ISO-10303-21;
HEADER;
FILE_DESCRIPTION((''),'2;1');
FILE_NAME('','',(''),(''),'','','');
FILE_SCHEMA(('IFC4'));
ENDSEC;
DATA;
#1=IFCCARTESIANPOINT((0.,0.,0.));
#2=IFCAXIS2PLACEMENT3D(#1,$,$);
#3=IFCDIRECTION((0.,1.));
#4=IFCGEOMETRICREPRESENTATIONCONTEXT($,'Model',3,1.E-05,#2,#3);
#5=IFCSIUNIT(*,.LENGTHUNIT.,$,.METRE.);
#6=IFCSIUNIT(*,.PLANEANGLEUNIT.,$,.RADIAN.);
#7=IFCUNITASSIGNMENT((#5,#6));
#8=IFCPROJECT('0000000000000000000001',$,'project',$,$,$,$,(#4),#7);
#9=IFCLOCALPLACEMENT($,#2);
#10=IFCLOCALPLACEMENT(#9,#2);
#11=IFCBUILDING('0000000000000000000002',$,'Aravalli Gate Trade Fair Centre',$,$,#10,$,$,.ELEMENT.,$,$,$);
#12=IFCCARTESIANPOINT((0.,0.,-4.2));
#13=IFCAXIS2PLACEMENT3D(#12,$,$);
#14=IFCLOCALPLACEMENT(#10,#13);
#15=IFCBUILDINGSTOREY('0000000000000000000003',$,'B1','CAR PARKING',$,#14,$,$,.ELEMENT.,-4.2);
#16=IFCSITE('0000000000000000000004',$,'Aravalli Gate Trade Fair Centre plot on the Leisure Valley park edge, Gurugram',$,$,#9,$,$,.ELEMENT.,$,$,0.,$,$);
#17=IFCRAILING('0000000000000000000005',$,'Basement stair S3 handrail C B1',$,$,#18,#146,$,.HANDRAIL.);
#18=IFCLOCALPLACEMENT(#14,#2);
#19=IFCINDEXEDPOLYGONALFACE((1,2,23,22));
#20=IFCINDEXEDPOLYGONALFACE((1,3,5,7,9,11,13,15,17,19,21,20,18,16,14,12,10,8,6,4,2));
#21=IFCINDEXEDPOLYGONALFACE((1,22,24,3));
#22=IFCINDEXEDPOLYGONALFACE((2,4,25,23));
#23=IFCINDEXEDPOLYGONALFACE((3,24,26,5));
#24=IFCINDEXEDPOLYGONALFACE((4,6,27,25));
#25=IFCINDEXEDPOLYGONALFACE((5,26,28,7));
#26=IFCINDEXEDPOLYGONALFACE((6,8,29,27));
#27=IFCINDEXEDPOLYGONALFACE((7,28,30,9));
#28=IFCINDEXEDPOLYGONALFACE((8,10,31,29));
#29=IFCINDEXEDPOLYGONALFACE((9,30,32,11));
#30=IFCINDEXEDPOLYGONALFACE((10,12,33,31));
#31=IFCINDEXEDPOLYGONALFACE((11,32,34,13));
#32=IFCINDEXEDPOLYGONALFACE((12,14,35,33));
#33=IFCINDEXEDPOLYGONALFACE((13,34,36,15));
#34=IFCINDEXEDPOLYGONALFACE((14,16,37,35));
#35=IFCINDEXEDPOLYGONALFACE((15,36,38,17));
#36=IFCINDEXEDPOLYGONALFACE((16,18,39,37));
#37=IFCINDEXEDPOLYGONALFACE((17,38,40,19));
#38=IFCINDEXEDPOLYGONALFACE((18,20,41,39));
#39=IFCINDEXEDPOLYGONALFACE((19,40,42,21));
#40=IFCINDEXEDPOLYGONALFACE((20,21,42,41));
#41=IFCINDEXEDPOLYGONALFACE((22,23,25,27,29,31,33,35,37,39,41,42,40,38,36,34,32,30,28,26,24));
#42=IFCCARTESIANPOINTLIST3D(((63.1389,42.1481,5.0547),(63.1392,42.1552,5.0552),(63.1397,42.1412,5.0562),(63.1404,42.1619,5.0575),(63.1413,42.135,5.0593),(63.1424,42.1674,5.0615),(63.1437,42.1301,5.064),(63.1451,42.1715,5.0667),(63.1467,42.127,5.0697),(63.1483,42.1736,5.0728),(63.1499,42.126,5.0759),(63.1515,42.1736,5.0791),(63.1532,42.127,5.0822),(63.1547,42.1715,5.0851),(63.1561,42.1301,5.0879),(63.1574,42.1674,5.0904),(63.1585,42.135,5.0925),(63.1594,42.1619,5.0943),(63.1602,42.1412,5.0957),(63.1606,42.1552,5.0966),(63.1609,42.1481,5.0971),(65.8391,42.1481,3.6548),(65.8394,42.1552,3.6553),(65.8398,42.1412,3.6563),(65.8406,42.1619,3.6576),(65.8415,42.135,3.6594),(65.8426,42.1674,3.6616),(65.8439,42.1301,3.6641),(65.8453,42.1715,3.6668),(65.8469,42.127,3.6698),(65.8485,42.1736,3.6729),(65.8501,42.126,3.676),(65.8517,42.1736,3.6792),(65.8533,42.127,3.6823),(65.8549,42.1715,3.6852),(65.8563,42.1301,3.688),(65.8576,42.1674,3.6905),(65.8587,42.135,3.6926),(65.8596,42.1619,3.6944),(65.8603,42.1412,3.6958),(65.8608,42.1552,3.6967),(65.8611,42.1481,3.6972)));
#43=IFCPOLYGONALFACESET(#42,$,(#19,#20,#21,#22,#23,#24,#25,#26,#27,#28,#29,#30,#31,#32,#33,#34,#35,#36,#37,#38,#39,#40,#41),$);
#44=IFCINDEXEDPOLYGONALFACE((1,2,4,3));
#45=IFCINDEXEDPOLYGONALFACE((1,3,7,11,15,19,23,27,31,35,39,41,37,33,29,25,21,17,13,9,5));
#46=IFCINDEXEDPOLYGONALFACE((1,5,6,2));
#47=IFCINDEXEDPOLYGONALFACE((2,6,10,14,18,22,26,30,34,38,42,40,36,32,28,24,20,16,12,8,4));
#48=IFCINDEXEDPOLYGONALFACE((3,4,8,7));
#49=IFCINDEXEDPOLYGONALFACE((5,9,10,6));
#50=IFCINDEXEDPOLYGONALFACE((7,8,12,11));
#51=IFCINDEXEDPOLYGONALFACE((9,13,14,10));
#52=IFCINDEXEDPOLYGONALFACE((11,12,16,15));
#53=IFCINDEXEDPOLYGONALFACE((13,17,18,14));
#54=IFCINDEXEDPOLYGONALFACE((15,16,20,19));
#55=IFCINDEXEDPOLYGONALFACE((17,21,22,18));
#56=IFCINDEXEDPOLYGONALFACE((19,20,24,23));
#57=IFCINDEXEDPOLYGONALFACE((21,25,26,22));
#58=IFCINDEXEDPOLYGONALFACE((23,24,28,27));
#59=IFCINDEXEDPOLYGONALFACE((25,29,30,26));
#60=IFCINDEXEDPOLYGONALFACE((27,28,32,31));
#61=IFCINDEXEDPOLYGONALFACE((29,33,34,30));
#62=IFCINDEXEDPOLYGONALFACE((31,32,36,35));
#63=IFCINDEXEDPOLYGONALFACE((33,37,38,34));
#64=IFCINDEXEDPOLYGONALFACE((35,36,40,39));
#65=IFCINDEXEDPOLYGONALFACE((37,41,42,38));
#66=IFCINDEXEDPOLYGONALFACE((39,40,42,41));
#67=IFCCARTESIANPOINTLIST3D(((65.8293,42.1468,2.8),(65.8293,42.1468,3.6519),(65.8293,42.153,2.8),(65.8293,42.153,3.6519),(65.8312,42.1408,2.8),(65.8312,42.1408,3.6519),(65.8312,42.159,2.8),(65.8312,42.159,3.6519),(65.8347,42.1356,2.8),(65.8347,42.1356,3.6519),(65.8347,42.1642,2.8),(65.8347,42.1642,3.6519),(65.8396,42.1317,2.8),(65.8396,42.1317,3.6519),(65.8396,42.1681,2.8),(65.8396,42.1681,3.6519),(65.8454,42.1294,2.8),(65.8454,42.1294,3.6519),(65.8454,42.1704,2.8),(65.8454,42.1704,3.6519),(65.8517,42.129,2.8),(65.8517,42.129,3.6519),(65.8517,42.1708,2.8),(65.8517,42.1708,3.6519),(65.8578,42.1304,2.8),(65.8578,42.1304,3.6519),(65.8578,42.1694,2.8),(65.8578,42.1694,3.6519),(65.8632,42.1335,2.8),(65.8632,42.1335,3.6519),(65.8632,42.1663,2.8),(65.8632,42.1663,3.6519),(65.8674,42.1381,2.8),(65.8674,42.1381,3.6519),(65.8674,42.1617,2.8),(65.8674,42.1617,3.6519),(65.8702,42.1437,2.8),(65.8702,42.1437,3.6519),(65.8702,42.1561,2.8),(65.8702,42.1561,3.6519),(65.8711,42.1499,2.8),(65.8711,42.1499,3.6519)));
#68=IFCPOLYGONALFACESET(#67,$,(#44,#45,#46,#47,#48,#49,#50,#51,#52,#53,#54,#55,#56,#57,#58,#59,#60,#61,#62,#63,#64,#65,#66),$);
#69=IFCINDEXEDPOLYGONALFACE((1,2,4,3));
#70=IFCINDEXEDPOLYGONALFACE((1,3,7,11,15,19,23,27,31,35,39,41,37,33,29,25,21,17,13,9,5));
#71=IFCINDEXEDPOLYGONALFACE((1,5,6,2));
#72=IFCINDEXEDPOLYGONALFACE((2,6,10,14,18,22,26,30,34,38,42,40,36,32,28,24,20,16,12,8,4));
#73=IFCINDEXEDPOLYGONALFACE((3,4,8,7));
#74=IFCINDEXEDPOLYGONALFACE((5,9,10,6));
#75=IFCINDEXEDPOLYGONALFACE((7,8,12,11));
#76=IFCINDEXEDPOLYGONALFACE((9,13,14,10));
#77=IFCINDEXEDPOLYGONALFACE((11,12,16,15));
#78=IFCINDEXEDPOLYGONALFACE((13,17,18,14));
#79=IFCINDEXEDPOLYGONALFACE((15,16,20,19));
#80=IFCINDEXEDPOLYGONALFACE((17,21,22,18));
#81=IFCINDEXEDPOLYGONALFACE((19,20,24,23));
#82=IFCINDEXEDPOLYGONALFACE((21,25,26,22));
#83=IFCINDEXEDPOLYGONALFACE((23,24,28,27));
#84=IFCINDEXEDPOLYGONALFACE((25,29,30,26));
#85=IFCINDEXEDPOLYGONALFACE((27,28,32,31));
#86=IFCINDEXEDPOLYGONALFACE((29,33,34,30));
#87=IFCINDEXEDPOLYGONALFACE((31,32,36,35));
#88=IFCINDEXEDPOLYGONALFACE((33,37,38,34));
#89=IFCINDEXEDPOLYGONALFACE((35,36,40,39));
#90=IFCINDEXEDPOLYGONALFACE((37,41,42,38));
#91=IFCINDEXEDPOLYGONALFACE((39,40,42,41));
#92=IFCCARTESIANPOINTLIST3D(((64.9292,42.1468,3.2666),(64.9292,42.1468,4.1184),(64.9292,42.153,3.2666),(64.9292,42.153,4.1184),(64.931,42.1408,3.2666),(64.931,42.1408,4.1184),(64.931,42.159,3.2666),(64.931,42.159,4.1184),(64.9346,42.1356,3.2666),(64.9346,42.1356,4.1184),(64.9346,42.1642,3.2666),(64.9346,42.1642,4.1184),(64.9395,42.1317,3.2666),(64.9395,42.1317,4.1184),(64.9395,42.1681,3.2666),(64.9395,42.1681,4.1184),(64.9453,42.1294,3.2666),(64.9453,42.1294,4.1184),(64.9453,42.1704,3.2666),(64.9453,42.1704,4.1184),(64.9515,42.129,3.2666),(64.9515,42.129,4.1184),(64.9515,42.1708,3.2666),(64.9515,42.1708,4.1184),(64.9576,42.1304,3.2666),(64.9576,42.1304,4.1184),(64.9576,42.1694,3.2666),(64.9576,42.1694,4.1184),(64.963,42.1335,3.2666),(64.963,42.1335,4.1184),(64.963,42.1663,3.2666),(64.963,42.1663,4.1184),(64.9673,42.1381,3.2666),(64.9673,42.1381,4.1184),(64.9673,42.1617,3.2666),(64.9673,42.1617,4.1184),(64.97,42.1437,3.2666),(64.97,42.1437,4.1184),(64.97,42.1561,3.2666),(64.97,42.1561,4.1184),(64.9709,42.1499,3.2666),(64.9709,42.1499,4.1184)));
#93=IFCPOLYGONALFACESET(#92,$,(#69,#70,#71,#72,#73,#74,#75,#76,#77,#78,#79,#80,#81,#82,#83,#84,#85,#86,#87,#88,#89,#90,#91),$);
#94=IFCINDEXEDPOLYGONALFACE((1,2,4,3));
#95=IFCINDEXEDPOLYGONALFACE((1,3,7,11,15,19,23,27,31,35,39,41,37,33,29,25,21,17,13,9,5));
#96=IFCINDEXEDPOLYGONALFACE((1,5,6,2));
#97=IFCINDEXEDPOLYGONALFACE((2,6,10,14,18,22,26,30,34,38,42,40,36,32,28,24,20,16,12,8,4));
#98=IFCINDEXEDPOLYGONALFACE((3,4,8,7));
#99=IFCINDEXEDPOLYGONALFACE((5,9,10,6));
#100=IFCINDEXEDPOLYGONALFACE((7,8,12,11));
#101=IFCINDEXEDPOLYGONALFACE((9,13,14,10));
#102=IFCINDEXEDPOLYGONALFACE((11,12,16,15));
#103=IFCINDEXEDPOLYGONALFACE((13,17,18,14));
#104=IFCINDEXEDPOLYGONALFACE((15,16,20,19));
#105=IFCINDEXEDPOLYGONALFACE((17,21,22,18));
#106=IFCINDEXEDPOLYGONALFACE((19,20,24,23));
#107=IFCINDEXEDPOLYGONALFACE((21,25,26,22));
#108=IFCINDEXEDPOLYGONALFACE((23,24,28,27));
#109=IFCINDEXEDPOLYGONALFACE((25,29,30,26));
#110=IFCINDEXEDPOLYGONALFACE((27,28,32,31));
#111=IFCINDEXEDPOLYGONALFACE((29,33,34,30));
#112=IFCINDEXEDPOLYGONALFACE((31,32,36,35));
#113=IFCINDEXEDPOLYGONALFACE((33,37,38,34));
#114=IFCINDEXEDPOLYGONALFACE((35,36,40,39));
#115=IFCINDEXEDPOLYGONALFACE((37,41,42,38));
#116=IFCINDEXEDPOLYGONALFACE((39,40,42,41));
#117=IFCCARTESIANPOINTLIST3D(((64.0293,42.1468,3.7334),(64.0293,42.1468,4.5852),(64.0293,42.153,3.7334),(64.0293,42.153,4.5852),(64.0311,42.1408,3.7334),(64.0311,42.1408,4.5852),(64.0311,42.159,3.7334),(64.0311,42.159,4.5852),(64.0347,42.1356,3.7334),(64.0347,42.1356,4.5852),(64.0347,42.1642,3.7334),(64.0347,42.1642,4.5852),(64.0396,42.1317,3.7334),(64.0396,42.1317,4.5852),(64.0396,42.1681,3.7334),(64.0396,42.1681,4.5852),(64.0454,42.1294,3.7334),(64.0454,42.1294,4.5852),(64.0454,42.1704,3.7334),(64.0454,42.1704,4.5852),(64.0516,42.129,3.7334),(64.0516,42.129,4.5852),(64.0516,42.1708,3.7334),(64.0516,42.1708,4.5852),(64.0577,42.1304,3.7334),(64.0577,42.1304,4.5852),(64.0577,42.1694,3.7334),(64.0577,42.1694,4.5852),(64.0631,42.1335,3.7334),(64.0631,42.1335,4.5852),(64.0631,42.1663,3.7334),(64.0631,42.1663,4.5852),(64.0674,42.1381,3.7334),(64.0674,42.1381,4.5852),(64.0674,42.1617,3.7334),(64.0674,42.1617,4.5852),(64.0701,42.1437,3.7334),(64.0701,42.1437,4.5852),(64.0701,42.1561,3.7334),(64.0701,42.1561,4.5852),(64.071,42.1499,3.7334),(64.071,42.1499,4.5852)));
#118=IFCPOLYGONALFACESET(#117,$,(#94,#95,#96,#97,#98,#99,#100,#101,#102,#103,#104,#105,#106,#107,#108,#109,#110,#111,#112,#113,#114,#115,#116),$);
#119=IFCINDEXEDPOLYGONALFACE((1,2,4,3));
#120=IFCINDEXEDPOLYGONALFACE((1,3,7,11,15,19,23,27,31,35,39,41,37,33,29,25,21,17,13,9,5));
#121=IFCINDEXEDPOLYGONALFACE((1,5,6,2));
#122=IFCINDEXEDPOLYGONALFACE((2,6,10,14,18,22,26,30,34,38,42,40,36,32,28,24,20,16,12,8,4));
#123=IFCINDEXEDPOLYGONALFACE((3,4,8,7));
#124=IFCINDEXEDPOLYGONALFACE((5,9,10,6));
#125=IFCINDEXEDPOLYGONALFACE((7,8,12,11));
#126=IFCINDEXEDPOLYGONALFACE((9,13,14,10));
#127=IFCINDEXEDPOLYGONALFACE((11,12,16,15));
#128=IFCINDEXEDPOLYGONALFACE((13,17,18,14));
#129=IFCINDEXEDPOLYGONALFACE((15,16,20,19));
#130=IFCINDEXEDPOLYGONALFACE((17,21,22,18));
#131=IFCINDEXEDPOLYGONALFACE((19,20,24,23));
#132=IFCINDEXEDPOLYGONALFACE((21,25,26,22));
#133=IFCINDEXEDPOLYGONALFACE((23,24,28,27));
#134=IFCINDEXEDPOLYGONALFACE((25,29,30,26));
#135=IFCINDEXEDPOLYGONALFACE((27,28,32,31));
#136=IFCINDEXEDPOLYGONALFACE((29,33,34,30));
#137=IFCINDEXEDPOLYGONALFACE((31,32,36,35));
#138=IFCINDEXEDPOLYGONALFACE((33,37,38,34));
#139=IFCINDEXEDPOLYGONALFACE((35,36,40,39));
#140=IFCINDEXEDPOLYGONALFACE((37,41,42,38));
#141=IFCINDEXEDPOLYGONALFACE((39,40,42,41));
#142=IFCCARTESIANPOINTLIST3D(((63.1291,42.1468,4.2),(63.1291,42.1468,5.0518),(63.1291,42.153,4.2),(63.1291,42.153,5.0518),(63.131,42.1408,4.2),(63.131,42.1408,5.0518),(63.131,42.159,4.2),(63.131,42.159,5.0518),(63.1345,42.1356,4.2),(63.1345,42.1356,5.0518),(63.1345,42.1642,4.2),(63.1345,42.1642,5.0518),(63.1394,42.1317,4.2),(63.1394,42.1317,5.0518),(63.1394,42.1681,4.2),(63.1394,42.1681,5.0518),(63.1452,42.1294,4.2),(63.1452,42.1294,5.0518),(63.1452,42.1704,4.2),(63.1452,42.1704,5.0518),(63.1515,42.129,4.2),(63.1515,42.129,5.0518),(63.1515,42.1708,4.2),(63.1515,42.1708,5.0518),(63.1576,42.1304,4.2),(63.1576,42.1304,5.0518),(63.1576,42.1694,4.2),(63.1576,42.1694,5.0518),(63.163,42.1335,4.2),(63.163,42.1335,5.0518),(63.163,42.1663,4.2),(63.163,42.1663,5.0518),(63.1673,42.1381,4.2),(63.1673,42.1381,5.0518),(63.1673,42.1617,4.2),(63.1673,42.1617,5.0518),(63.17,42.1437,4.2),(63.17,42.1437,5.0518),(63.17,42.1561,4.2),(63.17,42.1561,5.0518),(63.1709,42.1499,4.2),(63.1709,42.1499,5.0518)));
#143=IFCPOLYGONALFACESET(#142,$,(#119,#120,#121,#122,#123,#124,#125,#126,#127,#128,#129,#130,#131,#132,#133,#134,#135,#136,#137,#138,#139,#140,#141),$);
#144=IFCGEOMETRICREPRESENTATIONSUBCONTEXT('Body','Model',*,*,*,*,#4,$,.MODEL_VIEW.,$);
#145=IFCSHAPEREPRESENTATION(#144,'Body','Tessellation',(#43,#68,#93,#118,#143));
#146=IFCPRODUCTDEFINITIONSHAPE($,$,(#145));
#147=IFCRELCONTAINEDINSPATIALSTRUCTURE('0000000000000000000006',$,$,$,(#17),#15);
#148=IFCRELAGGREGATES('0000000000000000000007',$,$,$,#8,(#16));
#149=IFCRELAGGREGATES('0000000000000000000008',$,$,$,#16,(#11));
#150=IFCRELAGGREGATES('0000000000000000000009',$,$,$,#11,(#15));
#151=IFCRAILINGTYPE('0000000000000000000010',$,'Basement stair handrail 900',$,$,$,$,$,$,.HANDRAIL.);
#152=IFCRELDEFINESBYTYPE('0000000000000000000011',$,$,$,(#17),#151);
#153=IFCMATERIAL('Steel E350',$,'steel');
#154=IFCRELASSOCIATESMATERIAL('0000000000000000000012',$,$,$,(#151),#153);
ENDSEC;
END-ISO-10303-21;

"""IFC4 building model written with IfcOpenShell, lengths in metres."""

from ifc_helpers import new_model, si_unit, direction, frame, origin, origin_2d, place, context, subcontext, project, spatial, circle, extrude, material, type_object, element, save


model = new_model("IFC4")

# Units and contexts
model_context = context("Model", 3, precision=1e-05, world=origin(), true_north=direction((0.0, 1.0)))
body_context = subcontext(model_context, "Body", "Model", "MODEL_VIEW")
ifc_project = project(units=[si_unit("LENGTHUNIT", "METRE"), si_unit("PLANEANGLEUNIT", "RADIAN")], contexts=[model_context])

# Site, building, storey
site_placement = place(None, origin())
site = spatial("IfcSite", under=ifc_project, at=site_placement, Name="Aravalli Gate Trade Fair Centre plot on the Leisure Valley park edge, Gurugram", CompositionType="ELEMENT", RefElevation=0.0)
building_placement = place(site_placement, origin())
building = spatial("IfcBuilding", under=site, at=building_placement, Name="Aravalli Gate Trade Fair Centre", CompositionType="ELEMENT")
storey_placement = place(building_placement, frame((0.0, 0.0, -4.2)))
storey = spatial("IfcBuildingStorey", under=building, at=storey_placement, Name="B1", Description="CAR PARKING", CompositionType="ELEMENT", Elevation=-4.2)

# Railing
ifc_material_1 = material(Name="Steel E350", Category="steel")
railing_type = type_object("IfcRailingType", Name="Basement stair handrail 900", PredefinedType="HANDRAIL", material=ifc_material_1)
for number, where, name in (
    (1, (65.8501, 42.1499, 2.8), "Basement stair S3 handrail C B1"),
):
    element("IfcRailing", number, at=place(storey_placement, frame(where)), inside=storey, type_object=railing_type, Name=name, PredefinedType="HANDRAIL", context=body_context, shape_type="SweptSolid", body=[
        extrude(circle(Radius=0.0239, at=origin_2d()), frame((0.0, 0.0, 0.876), z_axis=(-0.887781, 0.0, 0.460266), x_axis=(0.0, -1.0, 0.0)), (0.0, 0.0, 1.0), 3.0415),
        extrude(circle(Radius=0.021, at=origin_2d()), origin(), (0.0, 0.0, 1.0), 0.8518),
        extrude(circle(Radius=0.021, at=origin_2d()), frame((-0.9001, 0.0, 0.4666)), (0.0, 0.0, 1.0), 0.8518),
        extrude(circle(Radius=0.021, at=origin_2d()), frame((-1.8, 0.0, 0.9333)), (0.0, 0.0, 1.0), 0.8518),
        extrude(circle(Radius=0.021, at=origin_2d()), frame((-2.7002, 0.0, 1.3999)), (0.0, 0.0, 1.0), 0.8518),
    ])

save(model, "model.ifc")
